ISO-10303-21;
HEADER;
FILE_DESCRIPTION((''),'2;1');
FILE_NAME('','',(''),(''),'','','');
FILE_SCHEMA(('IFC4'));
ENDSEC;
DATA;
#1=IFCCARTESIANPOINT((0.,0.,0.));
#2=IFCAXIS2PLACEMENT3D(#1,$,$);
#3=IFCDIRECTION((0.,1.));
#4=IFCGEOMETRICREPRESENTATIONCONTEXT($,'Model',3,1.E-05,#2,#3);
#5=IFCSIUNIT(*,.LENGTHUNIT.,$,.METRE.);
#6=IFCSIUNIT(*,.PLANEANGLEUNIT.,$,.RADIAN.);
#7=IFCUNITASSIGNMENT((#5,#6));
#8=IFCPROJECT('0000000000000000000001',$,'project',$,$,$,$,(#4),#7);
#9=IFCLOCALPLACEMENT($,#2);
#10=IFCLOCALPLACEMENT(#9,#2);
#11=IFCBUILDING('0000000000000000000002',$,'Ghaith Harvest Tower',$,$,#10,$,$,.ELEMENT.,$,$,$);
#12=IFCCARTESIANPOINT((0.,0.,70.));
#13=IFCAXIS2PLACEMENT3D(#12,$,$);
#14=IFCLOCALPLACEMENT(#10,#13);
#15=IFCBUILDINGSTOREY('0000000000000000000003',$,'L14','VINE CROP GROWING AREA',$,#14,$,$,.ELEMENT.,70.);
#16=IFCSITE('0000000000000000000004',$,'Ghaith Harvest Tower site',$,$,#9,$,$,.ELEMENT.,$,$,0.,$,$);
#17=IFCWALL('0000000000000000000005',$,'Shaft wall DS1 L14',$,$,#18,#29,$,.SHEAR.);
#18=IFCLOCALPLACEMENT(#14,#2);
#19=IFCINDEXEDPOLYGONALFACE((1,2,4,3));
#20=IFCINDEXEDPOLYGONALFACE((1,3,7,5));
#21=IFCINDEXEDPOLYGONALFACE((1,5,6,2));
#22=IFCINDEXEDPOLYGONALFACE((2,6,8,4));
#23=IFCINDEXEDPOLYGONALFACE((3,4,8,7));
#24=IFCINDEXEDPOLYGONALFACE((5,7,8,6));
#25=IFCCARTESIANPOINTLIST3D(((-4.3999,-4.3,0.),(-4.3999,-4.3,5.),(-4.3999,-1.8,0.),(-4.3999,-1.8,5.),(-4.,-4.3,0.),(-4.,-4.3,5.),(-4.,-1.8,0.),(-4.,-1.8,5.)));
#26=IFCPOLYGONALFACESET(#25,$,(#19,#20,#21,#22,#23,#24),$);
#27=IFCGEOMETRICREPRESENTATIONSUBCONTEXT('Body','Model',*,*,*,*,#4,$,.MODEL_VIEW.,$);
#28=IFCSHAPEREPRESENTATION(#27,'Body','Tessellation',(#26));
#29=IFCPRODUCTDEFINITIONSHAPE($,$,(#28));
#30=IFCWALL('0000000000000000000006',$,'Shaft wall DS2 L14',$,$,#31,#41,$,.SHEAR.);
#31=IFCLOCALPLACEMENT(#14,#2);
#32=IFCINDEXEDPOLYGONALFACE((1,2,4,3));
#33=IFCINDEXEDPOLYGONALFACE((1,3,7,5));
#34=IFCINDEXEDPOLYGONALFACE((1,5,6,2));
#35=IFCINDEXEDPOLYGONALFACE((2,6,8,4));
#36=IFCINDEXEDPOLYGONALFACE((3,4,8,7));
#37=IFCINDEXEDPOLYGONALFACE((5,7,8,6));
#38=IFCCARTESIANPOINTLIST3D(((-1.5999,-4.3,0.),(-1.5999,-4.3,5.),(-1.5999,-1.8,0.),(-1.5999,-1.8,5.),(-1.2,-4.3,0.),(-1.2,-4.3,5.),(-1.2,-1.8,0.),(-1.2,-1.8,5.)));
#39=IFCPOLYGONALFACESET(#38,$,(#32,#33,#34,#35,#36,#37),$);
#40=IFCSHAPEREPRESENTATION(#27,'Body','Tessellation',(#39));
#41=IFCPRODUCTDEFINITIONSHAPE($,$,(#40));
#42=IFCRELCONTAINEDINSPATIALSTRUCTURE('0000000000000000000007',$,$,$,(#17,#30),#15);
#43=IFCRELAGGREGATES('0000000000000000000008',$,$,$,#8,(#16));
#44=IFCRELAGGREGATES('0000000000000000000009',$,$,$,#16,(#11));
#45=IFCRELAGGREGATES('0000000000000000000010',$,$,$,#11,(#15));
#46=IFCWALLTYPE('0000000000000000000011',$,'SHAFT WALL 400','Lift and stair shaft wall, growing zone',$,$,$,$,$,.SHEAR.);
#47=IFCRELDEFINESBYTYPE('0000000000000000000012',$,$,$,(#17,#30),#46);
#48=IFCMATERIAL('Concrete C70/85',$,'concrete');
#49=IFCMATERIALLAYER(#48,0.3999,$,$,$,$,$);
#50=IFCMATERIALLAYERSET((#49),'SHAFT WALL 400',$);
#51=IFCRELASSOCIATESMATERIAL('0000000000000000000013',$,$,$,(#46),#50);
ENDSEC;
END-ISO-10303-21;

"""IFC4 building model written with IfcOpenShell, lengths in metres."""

from ifc_helpers import new_model, si_unit, direction, frame, frame_2d, origin, place, context, subcontext, project, spatial, rectangle, extrude, material, layer, layer_set, type_object, element, save


model = new_model("IFC4")

# Units and contexts
model_context = context("Model", 3, precision=1e-05, world=origin(), true_north=direction((0.0, 1.0)))
body_context = subcontext(model_context, "Body", "Model", "MODEL_VIEW")
ifc_project = project(units=[si_unit("LENGTHUNIT", "METRE"), si_unit("PLANEANGLEUNIT", "RADIAN")], contexts=[model_context])

# Site, building, storey
site_placement = place(None, origin())
site = spatial("IfcSite", under=ifc_project, at=site_placement, Name="Ghaith Harvest Tower site", CompositionType="ELEMENT", RefElevation=0.0)
building_placement = place(site_placement, origin())
building = spatial("IfcBuilding", under=site, at=building_placement, Name="Ghaith Harvest Tower", CompositionType="ELEMENT")
storey_placement = place(building_placement, frame((0.0, 0.0, 70.0)))
storey = spatial("IfcBuildingStorey", under=building, at=storey_placement, Name="L14", Description="VINE CROP GROWING AREA", CompositionType="ELEMENT", Elevation=70.0)

# Shared definitions
ifc_material_1 = material(Name="Concrete C70/85", Category="concrete")
ifc_layer_1 = layer(ifc_material_1, 0.3999)
ifc_layer_set_1 = layer_set([ifc_layer_1], Name="SHAFT WALL 400")
wall_type_1 = type_object("IfcWallType", Name="SHAFT WALL 400", Description="Lift and stair shaft wall, growing zone", PredefinedType="SHEAR", material=ifc_layer_set_1)

# Walls
for number, where, z_axis, x_axis, name in (
    (1, (-4.2, -4.3, 0.0), (0.0, 0.0, 1.0), (0.0, 1.0, 0.0), "Shaft wall DS1 L14"),
    (2, (-1.3999, -4.3, 0.0), (0.0, 0.0, 1.0), (0.0, 1.0, 0.0), "Shaft wall DS2 L14"),
):
    element("IfcWall", number, at=place(storey_placement, frame(where, z_axis=z_axis, x_axis=x_axis)), inside=storey, type_object=wall_type_1, Name=name, PredefinedType="SHEAR", context=body_context, shape_type="SweptSolid", body=[
        extrude(rectangle(XDim=2.5, YDim=0.3999, at=frame_2d((1.25, 0.0))), origin(), (0.0, 0.0, 1.0), 5.0),
    ])

save(model, "model.ifc")
